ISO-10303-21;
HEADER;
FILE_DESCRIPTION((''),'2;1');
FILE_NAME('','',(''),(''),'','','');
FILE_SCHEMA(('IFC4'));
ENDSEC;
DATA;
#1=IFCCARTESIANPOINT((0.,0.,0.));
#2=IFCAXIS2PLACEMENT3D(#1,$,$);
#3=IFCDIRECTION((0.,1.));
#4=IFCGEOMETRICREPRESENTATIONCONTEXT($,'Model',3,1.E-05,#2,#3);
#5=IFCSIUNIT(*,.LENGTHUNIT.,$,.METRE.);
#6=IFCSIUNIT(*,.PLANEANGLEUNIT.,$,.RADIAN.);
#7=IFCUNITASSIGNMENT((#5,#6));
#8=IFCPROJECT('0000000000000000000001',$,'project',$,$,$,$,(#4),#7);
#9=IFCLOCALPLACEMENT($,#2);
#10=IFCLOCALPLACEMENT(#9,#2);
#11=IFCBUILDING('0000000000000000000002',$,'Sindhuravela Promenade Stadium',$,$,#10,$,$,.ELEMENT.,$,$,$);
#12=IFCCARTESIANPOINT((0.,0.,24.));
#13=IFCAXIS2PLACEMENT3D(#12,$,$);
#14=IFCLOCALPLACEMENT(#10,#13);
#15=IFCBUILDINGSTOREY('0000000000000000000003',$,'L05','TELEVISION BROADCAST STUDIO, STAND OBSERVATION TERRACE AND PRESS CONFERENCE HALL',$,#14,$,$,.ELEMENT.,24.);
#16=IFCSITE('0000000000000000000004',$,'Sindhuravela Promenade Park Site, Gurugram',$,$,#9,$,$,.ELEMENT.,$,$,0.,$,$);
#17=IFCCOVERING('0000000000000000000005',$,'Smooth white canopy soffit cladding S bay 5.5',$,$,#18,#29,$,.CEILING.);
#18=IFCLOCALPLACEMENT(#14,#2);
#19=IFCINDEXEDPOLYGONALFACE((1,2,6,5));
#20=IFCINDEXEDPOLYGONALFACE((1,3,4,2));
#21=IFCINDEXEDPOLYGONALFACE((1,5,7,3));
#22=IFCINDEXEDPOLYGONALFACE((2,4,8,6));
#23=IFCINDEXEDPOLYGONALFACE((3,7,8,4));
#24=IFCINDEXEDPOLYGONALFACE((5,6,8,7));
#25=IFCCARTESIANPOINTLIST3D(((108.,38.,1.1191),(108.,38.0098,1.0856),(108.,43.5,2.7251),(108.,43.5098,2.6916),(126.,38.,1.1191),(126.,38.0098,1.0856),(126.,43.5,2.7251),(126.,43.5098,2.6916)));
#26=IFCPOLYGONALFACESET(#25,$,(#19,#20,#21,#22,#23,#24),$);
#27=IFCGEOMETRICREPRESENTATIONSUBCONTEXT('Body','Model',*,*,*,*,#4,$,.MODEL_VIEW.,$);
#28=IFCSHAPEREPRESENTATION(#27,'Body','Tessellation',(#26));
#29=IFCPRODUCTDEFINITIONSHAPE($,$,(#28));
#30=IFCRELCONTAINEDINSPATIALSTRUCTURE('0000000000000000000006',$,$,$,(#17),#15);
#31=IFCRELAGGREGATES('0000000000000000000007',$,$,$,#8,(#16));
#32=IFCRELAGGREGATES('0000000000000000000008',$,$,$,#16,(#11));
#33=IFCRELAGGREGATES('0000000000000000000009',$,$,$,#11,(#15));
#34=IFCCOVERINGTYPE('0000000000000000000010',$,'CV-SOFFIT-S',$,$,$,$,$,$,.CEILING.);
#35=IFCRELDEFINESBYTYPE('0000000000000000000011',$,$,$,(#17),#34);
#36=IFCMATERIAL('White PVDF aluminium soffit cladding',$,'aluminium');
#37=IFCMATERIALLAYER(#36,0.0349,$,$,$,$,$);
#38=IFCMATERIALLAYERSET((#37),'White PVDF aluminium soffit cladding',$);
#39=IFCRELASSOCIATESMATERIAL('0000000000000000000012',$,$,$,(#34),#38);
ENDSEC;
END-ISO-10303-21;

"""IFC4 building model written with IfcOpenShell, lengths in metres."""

from ifc_helpers import new_model, si_unit, direction, frame, origin, place, context, subcontext, project, spatial, polyline, outline, extrude, material, layer, layer_set, type_object, element, save


model = new_model("IFC4")

# Units and contexts
model_context = context("Model", 3, precision=1e-05, world=origin(), true_north=direction((0.0, 1.0)))
body_context = subcontext(model_context, "Body", "Model", "MODEL_VIEW")
ifc_project = project(units=[si_unit("LENGTHUNIT", "METRE"), si_unit("PLANEANGLEUNIT", "RADIAN")], contexts=[model_context])

# Site, building, storey
site_placement = place(None, origin())
site = spatial("IfcSite", under=ifc_project, at=site_placement, Name="Sindhuravela Promenade Park Site, Gurugram", CompositionType="ELEMENT", RefElevation=0.0)
building_placement = place(site_placement, origin())
building = spatial("IfcBuilding", under=site, at=building_placement, Name="Sindhuravela Promenade Stadium", CompositionType="ELEMENT")
storey_placement = place(building_placement, frame((0.0, 0.0, 24.0)))
storey = spatial("IfcBuildingStorey", under=building, at=storey_placement, Name="L05", Description="TELEVISION BROADCAST STUDIO, STAND OBSERVATION TERRACE AND PRESS CONFERENCE HALL", CompositionType="ELEMENT", Elevation=24.0)

# Covering
ifc_material_1 = material(Name="White PVDF aluminium soffit cladding", Category="aluminium")
ifc_layer_1 = layer(ifc_material_1, 0.0349)
ifc_layer_set_1 = layer_set([ifc_layer_1], Name="White PVDF aluminium soffit cladding")
covering_type_1 = type_object("IfcCoveringType", Name="CV-SOFFIT-S", PredefinedType="CEILING", material=ifc_layer_set_1)
covering_1_placement = place(storey_placement, frame((108.0, 38.0, 1.1191), z_axis=(0.0, -0.280288, 0.959916), x_axis=(1.0, 0.0, 0.0)))
element("IfcCovering", 1, at=covering_1_placement, inside=storey, type_object=covering_type_1, Name="Smooth white canopy soffit cladding S bay 5.5", PredefinedType="CEILING", context=body_context, shape_type="SweptSolid", body=[
    extrude(outline(polyline([(0.0, 0.0), (18.0, 0.0), (18.0, 5.7297), (0.0, 5.7297), (0.0, 0.0)])), origin(), (0.0, 0.0, -1.0), 0.0349),
])

save(model, "model.ifc")
